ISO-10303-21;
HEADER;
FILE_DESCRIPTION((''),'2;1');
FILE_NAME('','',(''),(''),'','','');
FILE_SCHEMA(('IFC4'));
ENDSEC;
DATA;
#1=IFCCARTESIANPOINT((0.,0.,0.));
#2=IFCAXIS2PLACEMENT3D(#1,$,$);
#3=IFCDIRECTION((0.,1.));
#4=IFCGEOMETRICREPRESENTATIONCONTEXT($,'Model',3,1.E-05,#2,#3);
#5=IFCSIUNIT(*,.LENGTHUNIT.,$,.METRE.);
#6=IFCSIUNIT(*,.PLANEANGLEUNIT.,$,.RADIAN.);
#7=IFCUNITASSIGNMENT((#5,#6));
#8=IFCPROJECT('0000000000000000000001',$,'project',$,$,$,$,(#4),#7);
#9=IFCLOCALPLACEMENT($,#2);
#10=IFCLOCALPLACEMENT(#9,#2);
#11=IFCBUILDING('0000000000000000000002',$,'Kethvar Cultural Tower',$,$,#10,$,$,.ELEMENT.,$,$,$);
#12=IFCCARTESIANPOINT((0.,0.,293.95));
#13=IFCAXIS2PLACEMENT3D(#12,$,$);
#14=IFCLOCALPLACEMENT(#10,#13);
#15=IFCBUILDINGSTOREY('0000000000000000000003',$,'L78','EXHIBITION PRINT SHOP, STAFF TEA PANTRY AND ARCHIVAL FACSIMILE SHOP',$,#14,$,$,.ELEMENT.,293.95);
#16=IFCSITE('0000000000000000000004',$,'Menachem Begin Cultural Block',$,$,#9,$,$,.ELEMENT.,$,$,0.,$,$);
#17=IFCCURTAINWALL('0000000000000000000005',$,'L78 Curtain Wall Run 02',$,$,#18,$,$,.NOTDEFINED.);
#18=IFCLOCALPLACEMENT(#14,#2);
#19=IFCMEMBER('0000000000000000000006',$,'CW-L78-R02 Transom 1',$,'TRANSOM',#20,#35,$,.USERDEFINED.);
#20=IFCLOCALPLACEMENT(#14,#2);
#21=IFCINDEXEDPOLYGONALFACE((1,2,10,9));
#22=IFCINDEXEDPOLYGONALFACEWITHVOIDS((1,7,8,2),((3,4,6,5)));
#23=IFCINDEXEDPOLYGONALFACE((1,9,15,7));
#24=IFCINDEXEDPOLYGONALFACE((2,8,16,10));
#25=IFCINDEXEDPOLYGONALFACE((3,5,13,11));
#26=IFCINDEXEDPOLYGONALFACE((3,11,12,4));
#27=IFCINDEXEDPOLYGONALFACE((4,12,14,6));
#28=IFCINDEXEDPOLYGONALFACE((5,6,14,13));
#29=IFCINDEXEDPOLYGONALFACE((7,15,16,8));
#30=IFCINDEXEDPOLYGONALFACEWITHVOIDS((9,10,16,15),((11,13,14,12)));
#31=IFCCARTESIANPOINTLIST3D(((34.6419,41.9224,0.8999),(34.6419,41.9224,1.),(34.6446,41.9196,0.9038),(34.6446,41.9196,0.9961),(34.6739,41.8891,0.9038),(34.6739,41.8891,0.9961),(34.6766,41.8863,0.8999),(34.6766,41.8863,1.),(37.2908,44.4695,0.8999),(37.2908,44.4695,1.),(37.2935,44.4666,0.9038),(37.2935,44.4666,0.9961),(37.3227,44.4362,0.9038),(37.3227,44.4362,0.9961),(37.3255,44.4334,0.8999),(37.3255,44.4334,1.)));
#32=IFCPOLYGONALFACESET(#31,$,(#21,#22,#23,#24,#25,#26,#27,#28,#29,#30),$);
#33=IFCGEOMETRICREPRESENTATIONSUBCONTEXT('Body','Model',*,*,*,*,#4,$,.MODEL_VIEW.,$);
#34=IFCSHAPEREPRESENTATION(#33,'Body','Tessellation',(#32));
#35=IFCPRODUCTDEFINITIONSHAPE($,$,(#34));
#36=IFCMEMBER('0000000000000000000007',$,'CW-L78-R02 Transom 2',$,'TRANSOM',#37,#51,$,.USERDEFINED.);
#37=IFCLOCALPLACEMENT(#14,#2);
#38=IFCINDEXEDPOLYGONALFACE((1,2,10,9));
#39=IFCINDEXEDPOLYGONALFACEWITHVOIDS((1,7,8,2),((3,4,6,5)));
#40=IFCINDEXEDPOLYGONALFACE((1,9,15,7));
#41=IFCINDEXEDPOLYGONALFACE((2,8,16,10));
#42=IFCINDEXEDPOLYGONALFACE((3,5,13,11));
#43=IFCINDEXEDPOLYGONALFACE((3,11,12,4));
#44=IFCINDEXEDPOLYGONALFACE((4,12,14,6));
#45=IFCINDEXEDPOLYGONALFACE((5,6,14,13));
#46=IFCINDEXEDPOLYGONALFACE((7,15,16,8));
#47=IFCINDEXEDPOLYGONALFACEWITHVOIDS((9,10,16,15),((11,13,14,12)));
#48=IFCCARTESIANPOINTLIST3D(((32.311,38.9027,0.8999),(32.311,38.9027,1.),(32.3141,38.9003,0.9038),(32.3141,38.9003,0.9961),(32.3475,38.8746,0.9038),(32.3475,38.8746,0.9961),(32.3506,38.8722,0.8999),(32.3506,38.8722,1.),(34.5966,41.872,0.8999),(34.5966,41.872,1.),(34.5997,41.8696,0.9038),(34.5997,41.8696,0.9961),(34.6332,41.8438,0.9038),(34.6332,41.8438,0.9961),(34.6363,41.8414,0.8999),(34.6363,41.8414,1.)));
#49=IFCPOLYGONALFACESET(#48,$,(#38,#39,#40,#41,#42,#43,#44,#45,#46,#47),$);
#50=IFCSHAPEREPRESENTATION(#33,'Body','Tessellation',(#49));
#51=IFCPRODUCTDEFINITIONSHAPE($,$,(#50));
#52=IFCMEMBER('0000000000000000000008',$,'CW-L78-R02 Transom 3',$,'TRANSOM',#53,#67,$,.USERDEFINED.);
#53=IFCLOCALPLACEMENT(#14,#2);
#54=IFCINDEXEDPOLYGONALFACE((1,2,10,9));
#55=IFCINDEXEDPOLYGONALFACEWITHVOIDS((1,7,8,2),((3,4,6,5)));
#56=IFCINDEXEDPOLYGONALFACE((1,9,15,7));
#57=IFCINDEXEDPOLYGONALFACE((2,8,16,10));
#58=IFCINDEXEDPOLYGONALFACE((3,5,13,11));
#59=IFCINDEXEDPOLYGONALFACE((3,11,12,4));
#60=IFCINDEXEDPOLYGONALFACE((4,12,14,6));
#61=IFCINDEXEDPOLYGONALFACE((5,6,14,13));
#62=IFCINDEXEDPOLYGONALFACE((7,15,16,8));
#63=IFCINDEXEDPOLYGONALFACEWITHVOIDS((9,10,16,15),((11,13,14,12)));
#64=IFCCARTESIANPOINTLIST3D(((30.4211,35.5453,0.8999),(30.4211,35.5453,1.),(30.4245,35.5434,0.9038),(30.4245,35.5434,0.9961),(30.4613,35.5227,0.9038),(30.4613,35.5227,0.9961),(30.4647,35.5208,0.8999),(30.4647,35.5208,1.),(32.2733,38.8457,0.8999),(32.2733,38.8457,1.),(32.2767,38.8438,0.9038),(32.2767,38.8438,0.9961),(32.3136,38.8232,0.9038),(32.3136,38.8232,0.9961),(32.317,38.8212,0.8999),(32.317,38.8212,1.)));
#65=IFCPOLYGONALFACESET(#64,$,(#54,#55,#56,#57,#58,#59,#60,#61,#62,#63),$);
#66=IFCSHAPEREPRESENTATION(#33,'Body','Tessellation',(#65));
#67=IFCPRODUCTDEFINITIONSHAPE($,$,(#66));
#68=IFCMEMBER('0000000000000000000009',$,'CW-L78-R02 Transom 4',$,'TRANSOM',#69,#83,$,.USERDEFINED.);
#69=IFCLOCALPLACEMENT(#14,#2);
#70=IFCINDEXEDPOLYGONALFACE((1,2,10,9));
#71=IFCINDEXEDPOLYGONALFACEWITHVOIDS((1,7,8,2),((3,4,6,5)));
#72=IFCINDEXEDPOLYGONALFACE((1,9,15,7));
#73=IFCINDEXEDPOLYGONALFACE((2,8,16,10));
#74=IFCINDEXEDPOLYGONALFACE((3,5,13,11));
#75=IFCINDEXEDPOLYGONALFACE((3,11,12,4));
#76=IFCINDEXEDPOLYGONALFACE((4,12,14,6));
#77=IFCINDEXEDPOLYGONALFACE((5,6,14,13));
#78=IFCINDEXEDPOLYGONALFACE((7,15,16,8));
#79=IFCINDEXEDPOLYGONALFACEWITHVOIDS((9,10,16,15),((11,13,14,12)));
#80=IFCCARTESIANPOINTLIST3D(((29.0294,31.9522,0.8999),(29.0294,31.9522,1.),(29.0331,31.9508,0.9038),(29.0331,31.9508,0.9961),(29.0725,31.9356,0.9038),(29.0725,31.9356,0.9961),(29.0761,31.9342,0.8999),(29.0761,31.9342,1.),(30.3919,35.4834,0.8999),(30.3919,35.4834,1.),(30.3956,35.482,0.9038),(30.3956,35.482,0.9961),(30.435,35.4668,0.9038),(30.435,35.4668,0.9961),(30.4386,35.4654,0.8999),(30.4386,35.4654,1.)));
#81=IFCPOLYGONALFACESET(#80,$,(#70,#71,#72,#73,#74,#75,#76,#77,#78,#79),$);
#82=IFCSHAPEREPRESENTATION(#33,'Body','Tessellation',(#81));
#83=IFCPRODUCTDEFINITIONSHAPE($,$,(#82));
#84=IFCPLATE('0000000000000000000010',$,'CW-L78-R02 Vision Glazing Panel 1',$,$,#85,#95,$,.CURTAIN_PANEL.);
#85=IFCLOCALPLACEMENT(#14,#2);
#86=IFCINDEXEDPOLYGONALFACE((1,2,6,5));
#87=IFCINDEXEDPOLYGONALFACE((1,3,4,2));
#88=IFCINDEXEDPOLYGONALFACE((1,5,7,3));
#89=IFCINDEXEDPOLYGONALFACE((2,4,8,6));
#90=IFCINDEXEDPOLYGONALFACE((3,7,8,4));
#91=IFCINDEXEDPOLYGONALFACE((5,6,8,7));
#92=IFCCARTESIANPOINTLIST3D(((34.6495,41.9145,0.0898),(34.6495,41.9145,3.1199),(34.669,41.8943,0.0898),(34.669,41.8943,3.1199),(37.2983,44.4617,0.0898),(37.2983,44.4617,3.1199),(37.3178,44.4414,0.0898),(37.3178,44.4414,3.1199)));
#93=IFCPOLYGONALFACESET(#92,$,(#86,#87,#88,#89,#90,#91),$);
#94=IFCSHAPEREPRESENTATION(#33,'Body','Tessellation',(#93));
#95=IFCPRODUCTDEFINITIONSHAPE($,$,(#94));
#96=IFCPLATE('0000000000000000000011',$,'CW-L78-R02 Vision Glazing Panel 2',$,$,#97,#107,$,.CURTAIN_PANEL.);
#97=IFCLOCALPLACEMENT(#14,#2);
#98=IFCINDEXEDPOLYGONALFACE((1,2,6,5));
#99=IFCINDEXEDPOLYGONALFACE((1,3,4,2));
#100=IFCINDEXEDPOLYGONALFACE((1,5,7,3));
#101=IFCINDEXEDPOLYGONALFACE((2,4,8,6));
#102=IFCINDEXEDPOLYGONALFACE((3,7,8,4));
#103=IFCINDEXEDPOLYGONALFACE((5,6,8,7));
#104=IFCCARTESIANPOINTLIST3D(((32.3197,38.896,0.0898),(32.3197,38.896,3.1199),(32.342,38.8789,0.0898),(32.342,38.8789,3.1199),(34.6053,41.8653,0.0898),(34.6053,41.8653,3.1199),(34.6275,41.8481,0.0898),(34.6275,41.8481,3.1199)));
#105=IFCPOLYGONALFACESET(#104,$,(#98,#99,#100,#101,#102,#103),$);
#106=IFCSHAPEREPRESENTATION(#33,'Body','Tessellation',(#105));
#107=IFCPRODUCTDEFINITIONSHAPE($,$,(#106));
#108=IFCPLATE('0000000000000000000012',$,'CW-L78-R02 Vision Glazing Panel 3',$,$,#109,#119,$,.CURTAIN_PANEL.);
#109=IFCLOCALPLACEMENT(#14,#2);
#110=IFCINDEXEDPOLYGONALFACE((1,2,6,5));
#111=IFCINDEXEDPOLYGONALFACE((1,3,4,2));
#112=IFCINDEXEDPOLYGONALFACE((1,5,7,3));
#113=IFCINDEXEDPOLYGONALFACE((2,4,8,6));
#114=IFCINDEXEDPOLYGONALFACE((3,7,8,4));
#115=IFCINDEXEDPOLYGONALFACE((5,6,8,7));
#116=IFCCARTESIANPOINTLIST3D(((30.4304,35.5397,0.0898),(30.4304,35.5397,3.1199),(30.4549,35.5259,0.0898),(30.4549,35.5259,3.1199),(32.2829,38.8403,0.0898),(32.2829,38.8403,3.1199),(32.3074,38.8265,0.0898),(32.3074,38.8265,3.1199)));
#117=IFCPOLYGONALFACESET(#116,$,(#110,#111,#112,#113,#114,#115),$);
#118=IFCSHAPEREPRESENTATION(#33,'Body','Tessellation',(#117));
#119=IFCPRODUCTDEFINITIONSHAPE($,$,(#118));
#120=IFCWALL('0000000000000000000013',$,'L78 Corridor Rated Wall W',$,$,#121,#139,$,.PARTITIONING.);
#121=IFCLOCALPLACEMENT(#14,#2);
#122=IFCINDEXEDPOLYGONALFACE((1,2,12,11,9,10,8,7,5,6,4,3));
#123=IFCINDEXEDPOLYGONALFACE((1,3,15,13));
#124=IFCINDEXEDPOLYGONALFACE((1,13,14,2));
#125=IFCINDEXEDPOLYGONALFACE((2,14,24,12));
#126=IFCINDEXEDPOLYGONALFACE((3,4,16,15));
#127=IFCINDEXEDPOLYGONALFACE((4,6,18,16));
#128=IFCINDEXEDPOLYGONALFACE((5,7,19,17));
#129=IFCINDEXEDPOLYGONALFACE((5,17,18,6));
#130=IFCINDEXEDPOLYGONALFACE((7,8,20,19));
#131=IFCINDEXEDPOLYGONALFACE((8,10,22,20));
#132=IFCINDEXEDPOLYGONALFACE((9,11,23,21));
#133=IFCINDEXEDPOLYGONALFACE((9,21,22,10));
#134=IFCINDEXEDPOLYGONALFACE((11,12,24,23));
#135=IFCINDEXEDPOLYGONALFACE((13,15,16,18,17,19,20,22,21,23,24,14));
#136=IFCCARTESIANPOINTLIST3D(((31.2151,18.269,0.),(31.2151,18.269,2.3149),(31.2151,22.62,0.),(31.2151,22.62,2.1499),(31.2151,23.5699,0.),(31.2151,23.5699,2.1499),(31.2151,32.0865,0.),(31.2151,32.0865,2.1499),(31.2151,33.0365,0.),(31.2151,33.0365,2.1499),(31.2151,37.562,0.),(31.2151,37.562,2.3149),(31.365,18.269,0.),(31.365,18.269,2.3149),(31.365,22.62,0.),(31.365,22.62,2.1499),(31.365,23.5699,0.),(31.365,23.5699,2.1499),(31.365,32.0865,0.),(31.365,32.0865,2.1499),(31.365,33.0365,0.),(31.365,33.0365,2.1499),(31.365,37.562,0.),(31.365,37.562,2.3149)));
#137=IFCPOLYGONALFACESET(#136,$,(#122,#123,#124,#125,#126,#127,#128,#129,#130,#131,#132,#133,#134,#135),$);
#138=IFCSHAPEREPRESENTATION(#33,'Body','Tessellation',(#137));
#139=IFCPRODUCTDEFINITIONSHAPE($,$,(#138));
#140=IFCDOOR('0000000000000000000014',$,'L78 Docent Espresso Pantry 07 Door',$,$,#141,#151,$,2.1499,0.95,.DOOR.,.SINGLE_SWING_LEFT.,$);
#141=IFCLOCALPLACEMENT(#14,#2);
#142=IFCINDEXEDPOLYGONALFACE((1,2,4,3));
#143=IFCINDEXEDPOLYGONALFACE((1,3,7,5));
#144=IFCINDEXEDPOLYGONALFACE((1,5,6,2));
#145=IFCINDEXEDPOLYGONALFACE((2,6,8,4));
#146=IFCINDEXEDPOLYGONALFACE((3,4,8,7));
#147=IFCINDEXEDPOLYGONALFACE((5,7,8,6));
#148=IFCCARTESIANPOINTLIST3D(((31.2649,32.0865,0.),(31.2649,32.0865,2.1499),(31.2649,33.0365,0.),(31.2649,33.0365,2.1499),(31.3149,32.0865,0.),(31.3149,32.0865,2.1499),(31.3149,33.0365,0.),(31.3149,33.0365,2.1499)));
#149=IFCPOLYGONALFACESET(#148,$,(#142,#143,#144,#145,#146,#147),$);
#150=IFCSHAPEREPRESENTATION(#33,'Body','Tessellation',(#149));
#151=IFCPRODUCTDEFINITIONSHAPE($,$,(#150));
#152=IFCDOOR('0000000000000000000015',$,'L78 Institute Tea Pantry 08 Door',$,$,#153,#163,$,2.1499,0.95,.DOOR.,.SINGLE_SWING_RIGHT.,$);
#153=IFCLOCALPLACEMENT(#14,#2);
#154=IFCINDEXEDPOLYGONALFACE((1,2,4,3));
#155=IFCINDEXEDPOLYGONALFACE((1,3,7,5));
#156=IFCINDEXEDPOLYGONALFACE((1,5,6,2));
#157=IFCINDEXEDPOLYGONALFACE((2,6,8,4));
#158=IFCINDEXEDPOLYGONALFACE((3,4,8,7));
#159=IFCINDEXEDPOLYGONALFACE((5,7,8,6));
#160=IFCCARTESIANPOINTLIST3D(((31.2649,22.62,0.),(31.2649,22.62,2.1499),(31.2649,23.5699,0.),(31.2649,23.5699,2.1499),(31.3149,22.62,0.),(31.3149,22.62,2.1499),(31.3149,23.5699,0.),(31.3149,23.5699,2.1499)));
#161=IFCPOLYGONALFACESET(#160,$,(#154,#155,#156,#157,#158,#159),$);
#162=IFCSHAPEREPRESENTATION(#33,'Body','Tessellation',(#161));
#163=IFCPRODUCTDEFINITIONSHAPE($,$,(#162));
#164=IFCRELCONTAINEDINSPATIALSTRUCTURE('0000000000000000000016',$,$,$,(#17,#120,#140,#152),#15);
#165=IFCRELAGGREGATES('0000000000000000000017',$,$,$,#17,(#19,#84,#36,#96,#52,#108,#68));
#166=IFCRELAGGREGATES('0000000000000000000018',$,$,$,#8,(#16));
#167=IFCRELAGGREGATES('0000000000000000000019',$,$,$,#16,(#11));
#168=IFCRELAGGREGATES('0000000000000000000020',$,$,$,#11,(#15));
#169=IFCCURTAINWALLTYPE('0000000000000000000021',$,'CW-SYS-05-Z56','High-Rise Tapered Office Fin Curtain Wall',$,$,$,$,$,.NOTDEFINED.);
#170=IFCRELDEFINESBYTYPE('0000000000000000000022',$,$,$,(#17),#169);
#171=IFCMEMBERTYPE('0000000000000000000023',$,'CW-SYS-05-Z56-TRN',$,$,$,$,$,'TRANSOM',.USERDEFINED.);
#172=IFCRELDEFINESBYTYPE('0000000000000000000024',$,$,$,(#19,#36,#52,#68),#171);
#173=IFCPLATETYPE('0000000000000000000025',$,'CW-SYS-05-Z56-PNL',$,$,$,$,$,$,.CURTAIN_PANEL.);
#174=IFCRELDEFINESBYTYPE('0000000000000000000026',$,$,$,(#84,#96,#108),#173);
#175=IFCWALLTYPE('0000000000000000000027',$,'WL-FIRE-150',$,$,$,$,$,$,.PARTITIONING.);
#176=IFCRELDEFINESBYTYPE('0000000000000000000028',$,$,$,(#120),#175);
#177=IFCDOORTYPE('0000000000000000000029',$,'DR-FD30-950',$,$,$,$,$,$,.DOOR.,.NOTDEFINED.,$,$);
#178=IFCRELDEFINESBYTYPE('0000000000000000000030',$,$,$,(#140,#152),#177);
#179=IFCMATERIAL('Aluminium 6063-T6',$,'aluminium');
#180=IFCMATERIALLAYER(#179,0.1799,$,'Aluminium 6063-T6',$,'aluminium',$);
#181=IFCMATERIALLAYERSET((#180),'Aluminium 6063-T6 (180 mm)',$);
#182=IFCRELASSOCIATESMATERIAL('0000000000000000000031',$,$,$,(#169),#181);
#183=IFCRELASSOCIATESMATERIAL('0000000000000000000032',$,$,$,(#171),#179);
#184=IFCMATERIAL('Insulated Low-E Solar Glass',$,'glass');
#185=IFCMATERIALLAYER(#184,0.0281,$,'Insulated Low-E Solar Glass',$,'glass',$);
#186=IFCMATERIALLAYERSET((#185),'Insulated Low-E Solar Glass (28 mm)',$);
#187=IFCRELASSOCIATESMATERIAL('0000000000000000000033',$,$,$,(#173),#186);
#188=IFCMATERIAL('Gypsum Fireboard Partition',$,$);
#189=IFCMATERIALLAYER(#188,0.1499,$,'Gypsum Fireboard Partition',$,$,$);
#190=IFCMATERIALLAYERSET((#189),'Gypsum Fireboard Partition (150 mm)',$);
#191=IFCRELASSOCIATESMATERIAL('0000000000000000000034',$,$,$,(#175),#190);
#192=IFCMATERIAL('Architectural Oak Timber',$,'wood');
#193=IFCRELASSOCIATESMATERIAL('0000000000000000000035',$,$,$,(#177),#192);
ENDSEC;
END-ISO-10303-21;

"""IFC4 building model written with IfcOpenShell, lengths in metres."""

from ifc_helpers import new_model, si_unit, direction, frame, frame_2d, origin, origin_2d, place, context, subcontext, project, spatial, rectangle, hollow_rectangle, extrude, source, transform, mapped, material, layer, layer_set, material_profile, profile_set, type_object, element, fill, aggregate, save


model = new_model("IFC4")

# Units and contexts
model_context = context("Model", 3, precision=1e-05, world=origin(), true_north=direction((0.0, 1.0)))
body_context = subcontext(model_context, "Body", "Model", "MODEL_VIEW")
ifc_project = project(units=[si_unit("LENGTHUNIT", "METRE"), si_unit("PLANEANGLEUNIT", "RADIAN")], contexts=[model_context])

# Site, building, storey
site_placement = place(None, origin())
site = spatial("IfcSite", under=ifc_project, at=site_placement, Name="Menachem Begin Cultural Block", CompositionType="ELEMENT", RefElevation=0.0)
building_placement = place(site_placement, origin())
building = spatial("IfcBuilding", under=site, at=building_placement, Name="Kethvar Cultural Tower", CompositionType="ELEMENT")
storey_placement = place(building_placement, frame((0.0, 0.0, 293.95)))
storey = spatial("IfcBuildingStorey", under=building, at=storey_placement, Name="L78", Description="EXHIBITION PRINT SHOP, STAFF TEA PANTRY AND ARCHIVAL FACSIMILE SHOP", CompositionType="ELEMENT", Elevation=293.95)

# Shared definitions
ifc_material_1 = material(Name="Aluminium 6063-T6", Category="aluminium")
ifc_layer_1 = layer(ifc_material_1, 0.1799, Name="Aluminium 6063-T6", Category="aluminium")
ifc_layer_set_1 = layer_set([ifc_layer_1], Name="Aluminium 6063-T6 (180 mm)")
curtain_wall_type = type_object("IfcCurtainWallType", Name="CW-SYS-05-Z56", Description="High-Rise Tapered Office Fin Curtain Wall", PredefinedType="NOTDEFINED", material=ifc_layer_set_1)

# Curtain wall, members, plates
curtain_wall_1_placement = place(storey_placement, origin())
curtain_wall_1 = element("IfcCurtainWall", 1, at=curtain_wall_1_placement, inside=storey, type_object=curtain_wall_type, Name="L78 Curtain Wall Run 02", PredefinedType="NOTDEFINED")
ifc_material_profile_1 = material_profile(ifc_material_1, hollow_rectangle(XDim=0.05, YDim=0.1001, WallThickness=0.0039, at=origin_2d()), Name="Aluminium 6063-T6 — RHS100x50x4")
ifc_profile_set_1 = profile_set([ifc_material_profile_1], Name="Aluminium 6063-T6 — RHS100x50x4")
member_type_1 = type_object("IfcMemberType", Name="CW-SYS-05-Z56-TRN", ElementType="TRANSOM", PredefinedType="USERDEFINED", material=ifc_profile_set_1)
shared_shape_1 = source(origin(), body_context, "Body", "SweptSolid", [
    extrude(hollow_rectangle(XDim=0.05, YDim=0.1001, WallThickness=0.0039, at=origin_2d()), origin(), (0.0, 0.0, 1.0), 3.6748),
])
member_1_placement = place(storey_placement, frame((37.3081, 44.4514, 0.95), z_axis=(-0.720823, -0.693119, 0.0), x_axis=(0.693119, -0.720823, 0.0)))
member_1 = element("IfcMember", 2, at=member_1_placement, type_object=member_type_1, Name="CW-L78-R02 Transom 1", ObjectType="TRANSOM", PredefinedType="USERDEFINED", context=body_context, shape_type="MappedRepresentation", body=[
    mapped(shared_shape_1, transform((0.0, 0.0, 0.0), scale=1.0)),
])
shared_shape_2 = source(origin(), body_context, "Body", "SweptSolid", [
    extrude(hollow_rectangle(XDim=0.05, YDim=0.1001, WallThickness=0.0039, at=origin_2d()), origin(), (0.0, 0.0, 1.0), 3.7471),
])
member_2_placement = place(storey_placement, frame((34.6165, 41.8567, 0.95), z_axis=(-0.609982, -0.792416, 0.0), x_axis=(0.792416, -0.609982, 0.0)))
member_2 = element("IfcMember", 3, at=member_2_placement, type_object=member_type_1, Name="CW-L78-R02 Transom 2", ObjectType="TRANSOM", PredefinedType="USERDEFINED", context=body_context, shape_type="MappedRepresentation", body=[
    mapped(shared_shape_2, transform((0.0, 0.0, 0.0), scale=1.0)),
])
shared_shape_3 = source(origin(), body_context, "Body", "SweptSolid", [
    extrude(hollow_rectangle(XDim=0.05, YDim=0.1001, WallThickness=0.0039, at=origin_2d()), origin(), (0.0, 0.0, 1.0), 3.7847),
])
member_3_placement = place(storey_placement, frame((32.2952, 38.8335, 0.95), z_axis=(-0.489407, -0.872056, 0.0), x_axis=(0.872056, -0.489407, 0.0)))
member_3 = element("IfcMember", 4, at=member_3_placement, type_object=member_type_1, Name="CW-L78-R02 Transom 3", ObjectType="TRANSOM", PredefinedType="USERDEFINED", context=body_context, shape_type="MappedRepresentation", body=[
    mapped(shared_shape_3, transform((0.0, 0.0, 0.0), scale=1.0)),
])
shared_shape_4 = source(origin(), body_context, "Body", "SweptSolid", [
    extrude(hollow_rectangle(XDim=0.05, YDim=0.1001, WallThickness=0.0039, at=origin_2d()), origin(), (0.0, 0.0, 1.0), 3.7849),
])
member_4_placement = place(storey_placement, frame((30.4153, 35.4744, 0.95), z_axis=(-0.359986, -0.932958, 0.0), x_axis=(0.932958, -0.359986, 0.0)))
member_4 = element("IfcMember", 5, at=member_4_placement, type_object=member_type_1, Name="CW-L78-R02 Transom 4", ObjectType="TRANSOM", PredefinedType="USERDEFINED", context=body_context, shape_type="MappedRepresentation", body=[
    mapped(shared_shape_4, transform((0.0, 0.0, 0.0), scale=1.0)),
])
ifc_material_2 = material(Name="Insulated Low-E Solar Glass", Category="glass")
ifc_layer_2 = layer(ifc_material_2, 0.0281, Name="Insulated Low-E Solar Glass", Category="glass")
ifc_layer_set_2 = layer_set([ifc_layer_2], Name="Insulated Low-E Solar Glass (28 mm)")
plate_type = type_object("IfcPlateType", Name="CW-SYS-05-Z56-PNL", PredefinedType="CURTAIN_PANEL", material=ifc_layer_set_2)
shared_shape_5 = source(origin(), body_context, "Body", "SweptSolid", [
    extrude(rectangle(XDim=3.6748, YDim=0.0281, at=origin_2d()), origin(), (0.0, 0.0, 1.0), 3.03),
])
plate_1_placement = place(storey_placement, frame((35.9836, 43.178, 0.0898), z_axis=(0.0, 0.0, 1.0), x_axis=(-0.720805, -0.693138, 0.0)))
plate_1 = element("IfcPlate", 6, at=plate_1_placement, type_object=plate_type, Name="CW-L78-R02 Vision Glazing Panel 1", PredefinedType="CURTAIN_PANEL", context=body_context, shape_type="MappedRepresentation", body=[
    mapped(shared_shape_5, transform((0.0, 0.0, 0.0), scale=1.0)),
])
shared_shape_6 = source(origin(), body_context, "Body", "SweptSolid", [
    extrude(rectangle(XDim=3.7471, YDim=0.0281, at=origin_2d()), origin(), (0.0, 0.0, 1.0), 3.03),
])
plate_2_placement = place(storey_placement, frame((33.4736, 40.3721, 0.0898), z_axis=(0.0, 0.0, 1.0), x_axis=(-0.609965, -0.792428, 0.0)))
plate_2 = element("IfcPlate", 7, at=plate_2_placement, type_object=plate_type, Name="CW-L78-R02 Vision Glazing Panel 2", PredefinedType="CURTAIN_PANEL", context=body_context, shape_type="MappedRepresentation", body=[
    mapped(shared_shape_6, transform((0.0, 0.0, 0.0), scale=1.0)),
])
shared_shape_7 = source(origin(), body_context, "Body", "SweptSolid", [
    extrude(rectangle(XDim=3.7849, YDim=0.0281, at=origin_2d()), origin(), (0.0, 0.0, 1.0), 3.03),
])
plate_3_placement = place(storey_placement, frame((31.3689, 37.1831, 0.0898), z_axis=(0.0, 0.0, 1.0), x_axis=(-0.489428, -0.872044, 0.0)))
plate_3 = element("IfcPlate", 8, at=plate_3_placement, type_object=plate_type, Name="CW-L78-R02 Vision Glazing Panel 3", PredefinedType="CURTAIN_PANEL", context=body_context, shape_type="MappedRepresentation", body=[
    mapped(shared_shape_7, transform((0.0, 0.0, 0.0), scale=1.0)),
])
aggregate(curtain_wall_1, [member_1, plate_1, member_2, plate_2, member_3, plate_3, member_4])

# Wall, openings, doors
ifc_material_3 = material(Name="Gypsum Fireboard Partition")
ifc_layer_3 = layer(ifc_material_3, 0.1499, Name="Gypsum Fireboard Partition")
ifc_layer_set_3 = layer_set([ifc_layer_3], Name="Gypsum Fireboard Partition (150 mm)")
wall_type_1 = type_object("IfcWallType", Name="WL-FIRE-150", PredefinedType="PARTITIONING", material=ifc_layer_set_3)
wall_1_placement = place(storey_placement, frame((31.29, 37.562, 0.0), z_axis=(0.0, 0.0, 1.0), x_axis=(0.0, -1.0, 0.0)))
wall_1 = element("IfcWall", 9, at=wall_1_placement, inside=storey, type_object=wall_type_1, Name="L78 Corridor Rated Wall W", PredefinedType="PARTITIONING", context=body_context, shape_type="SweptSolid", body=[
    extrude(rectangle(XDim=19.293, YDim=0.1499, at=frame_2d((9.6465, 0.0))), origin(), (0.0, 0.0, 1.0), 2.3149),
])
opening_1_placement = place(wall_1_placement, frame((4.5254, 0.0, 0.0)))
opening_1 = element("IfcOpeningElement", 10, at=opening_1_placement, cuts=wall_1, PredefinedType="OPENING", context=body_context, shape_type="SweptSolid", body=[
    extrude(rectangle(XDim=0.95, YDim=2.1499, at=frame_2d((0.4751, 1.075))), frame((0.0, 0.085, 0.0), z_axis=(0.0, -1.0, 0.0), x_axis=(1.0, 0.0, 0.0)), (0.0, 0.0, 1.0), 0.1699),
])
opening_2_placement = place(wall_1_placement, frame((13.9919, 0.0, 0.0)))
opening_2 = element("IfcOpeningElement", 11, at=opening_2_placement, cuts=wall_1, PredefinedType="OPENING", context=body_context, shape_type="SweptSolid", body=[
    extrude(rectangle(XDim=0.95, YDim=2.1499, at=frame_2d((0.4751, 1.075))), frame((0.0, 0.085, 0.0), z_axis=(0.0, -1.0, 0.0), x_axis=(1.0, 0.0, 0.0)), (0.0, 0.0, 1.0), 0.1699),
])
ifc_material_4 = material(Name="Architectural Oak Timber", Category="wood")
door_type = type_object("IfcDoorType", Name="DR-FD30-950", OperationType="NOTDEFINED", PredefinedType="DOOR", material=ifc_material_4)
shared_shape_8 = source(origin(), body_context, "Body", "SweptSolid", [
    extrude(rectangle(XDim=0.95, YDim=2.1499, at=frame_2d((0.4751, 1.075))), frame((0.0, 0.0249, 0.0), z_axis=(0.0, -1.0, 0.0), x_axis=(1.0, 0.0, 0.0)), (0.0, 0.0, 1.0), 0.05),
])
door_1_placement = place(opening_1_placement, origin())
door_1 = element("IfcDoor", 12, at=door_1_placement, inside=storey, type_object=door_type, Name="L78 Docent Espresso Pantry 07 Door", OperationType="SINGLE_SWING_LEFT", OverallHeight=2.1499, OverallWidth=0.95, PredefinedType="DOOR", context=body_context, shape_type="MappedRepresentation", body=[
    mapped(shared_shape_8, transform((0.0, 0.0, 0.0), scale=1.0)),
])
fill(opening_1, door_1)
door_2_placement = place(opening_2_placement, origin())
door_2 = element("IfcDoor", 13, at=door_2_placement, inside=storey, type_object=door_type, Name="L78 Institute Tea Pantry 08 Door", OperationType="SINGLE_SWING_RIGHT", OverallHeight=2.1499, OverallWidth=0.95, PredefinedType="DOOR", context=body_context, shape_type="MappedRepresentation", body=[
    mapped(shared_shape_8, transform((0.0, 0.0, 0.0), scale=1.0)),
])
fill(opening_2, door_2)

save(model, "model.ifc")
